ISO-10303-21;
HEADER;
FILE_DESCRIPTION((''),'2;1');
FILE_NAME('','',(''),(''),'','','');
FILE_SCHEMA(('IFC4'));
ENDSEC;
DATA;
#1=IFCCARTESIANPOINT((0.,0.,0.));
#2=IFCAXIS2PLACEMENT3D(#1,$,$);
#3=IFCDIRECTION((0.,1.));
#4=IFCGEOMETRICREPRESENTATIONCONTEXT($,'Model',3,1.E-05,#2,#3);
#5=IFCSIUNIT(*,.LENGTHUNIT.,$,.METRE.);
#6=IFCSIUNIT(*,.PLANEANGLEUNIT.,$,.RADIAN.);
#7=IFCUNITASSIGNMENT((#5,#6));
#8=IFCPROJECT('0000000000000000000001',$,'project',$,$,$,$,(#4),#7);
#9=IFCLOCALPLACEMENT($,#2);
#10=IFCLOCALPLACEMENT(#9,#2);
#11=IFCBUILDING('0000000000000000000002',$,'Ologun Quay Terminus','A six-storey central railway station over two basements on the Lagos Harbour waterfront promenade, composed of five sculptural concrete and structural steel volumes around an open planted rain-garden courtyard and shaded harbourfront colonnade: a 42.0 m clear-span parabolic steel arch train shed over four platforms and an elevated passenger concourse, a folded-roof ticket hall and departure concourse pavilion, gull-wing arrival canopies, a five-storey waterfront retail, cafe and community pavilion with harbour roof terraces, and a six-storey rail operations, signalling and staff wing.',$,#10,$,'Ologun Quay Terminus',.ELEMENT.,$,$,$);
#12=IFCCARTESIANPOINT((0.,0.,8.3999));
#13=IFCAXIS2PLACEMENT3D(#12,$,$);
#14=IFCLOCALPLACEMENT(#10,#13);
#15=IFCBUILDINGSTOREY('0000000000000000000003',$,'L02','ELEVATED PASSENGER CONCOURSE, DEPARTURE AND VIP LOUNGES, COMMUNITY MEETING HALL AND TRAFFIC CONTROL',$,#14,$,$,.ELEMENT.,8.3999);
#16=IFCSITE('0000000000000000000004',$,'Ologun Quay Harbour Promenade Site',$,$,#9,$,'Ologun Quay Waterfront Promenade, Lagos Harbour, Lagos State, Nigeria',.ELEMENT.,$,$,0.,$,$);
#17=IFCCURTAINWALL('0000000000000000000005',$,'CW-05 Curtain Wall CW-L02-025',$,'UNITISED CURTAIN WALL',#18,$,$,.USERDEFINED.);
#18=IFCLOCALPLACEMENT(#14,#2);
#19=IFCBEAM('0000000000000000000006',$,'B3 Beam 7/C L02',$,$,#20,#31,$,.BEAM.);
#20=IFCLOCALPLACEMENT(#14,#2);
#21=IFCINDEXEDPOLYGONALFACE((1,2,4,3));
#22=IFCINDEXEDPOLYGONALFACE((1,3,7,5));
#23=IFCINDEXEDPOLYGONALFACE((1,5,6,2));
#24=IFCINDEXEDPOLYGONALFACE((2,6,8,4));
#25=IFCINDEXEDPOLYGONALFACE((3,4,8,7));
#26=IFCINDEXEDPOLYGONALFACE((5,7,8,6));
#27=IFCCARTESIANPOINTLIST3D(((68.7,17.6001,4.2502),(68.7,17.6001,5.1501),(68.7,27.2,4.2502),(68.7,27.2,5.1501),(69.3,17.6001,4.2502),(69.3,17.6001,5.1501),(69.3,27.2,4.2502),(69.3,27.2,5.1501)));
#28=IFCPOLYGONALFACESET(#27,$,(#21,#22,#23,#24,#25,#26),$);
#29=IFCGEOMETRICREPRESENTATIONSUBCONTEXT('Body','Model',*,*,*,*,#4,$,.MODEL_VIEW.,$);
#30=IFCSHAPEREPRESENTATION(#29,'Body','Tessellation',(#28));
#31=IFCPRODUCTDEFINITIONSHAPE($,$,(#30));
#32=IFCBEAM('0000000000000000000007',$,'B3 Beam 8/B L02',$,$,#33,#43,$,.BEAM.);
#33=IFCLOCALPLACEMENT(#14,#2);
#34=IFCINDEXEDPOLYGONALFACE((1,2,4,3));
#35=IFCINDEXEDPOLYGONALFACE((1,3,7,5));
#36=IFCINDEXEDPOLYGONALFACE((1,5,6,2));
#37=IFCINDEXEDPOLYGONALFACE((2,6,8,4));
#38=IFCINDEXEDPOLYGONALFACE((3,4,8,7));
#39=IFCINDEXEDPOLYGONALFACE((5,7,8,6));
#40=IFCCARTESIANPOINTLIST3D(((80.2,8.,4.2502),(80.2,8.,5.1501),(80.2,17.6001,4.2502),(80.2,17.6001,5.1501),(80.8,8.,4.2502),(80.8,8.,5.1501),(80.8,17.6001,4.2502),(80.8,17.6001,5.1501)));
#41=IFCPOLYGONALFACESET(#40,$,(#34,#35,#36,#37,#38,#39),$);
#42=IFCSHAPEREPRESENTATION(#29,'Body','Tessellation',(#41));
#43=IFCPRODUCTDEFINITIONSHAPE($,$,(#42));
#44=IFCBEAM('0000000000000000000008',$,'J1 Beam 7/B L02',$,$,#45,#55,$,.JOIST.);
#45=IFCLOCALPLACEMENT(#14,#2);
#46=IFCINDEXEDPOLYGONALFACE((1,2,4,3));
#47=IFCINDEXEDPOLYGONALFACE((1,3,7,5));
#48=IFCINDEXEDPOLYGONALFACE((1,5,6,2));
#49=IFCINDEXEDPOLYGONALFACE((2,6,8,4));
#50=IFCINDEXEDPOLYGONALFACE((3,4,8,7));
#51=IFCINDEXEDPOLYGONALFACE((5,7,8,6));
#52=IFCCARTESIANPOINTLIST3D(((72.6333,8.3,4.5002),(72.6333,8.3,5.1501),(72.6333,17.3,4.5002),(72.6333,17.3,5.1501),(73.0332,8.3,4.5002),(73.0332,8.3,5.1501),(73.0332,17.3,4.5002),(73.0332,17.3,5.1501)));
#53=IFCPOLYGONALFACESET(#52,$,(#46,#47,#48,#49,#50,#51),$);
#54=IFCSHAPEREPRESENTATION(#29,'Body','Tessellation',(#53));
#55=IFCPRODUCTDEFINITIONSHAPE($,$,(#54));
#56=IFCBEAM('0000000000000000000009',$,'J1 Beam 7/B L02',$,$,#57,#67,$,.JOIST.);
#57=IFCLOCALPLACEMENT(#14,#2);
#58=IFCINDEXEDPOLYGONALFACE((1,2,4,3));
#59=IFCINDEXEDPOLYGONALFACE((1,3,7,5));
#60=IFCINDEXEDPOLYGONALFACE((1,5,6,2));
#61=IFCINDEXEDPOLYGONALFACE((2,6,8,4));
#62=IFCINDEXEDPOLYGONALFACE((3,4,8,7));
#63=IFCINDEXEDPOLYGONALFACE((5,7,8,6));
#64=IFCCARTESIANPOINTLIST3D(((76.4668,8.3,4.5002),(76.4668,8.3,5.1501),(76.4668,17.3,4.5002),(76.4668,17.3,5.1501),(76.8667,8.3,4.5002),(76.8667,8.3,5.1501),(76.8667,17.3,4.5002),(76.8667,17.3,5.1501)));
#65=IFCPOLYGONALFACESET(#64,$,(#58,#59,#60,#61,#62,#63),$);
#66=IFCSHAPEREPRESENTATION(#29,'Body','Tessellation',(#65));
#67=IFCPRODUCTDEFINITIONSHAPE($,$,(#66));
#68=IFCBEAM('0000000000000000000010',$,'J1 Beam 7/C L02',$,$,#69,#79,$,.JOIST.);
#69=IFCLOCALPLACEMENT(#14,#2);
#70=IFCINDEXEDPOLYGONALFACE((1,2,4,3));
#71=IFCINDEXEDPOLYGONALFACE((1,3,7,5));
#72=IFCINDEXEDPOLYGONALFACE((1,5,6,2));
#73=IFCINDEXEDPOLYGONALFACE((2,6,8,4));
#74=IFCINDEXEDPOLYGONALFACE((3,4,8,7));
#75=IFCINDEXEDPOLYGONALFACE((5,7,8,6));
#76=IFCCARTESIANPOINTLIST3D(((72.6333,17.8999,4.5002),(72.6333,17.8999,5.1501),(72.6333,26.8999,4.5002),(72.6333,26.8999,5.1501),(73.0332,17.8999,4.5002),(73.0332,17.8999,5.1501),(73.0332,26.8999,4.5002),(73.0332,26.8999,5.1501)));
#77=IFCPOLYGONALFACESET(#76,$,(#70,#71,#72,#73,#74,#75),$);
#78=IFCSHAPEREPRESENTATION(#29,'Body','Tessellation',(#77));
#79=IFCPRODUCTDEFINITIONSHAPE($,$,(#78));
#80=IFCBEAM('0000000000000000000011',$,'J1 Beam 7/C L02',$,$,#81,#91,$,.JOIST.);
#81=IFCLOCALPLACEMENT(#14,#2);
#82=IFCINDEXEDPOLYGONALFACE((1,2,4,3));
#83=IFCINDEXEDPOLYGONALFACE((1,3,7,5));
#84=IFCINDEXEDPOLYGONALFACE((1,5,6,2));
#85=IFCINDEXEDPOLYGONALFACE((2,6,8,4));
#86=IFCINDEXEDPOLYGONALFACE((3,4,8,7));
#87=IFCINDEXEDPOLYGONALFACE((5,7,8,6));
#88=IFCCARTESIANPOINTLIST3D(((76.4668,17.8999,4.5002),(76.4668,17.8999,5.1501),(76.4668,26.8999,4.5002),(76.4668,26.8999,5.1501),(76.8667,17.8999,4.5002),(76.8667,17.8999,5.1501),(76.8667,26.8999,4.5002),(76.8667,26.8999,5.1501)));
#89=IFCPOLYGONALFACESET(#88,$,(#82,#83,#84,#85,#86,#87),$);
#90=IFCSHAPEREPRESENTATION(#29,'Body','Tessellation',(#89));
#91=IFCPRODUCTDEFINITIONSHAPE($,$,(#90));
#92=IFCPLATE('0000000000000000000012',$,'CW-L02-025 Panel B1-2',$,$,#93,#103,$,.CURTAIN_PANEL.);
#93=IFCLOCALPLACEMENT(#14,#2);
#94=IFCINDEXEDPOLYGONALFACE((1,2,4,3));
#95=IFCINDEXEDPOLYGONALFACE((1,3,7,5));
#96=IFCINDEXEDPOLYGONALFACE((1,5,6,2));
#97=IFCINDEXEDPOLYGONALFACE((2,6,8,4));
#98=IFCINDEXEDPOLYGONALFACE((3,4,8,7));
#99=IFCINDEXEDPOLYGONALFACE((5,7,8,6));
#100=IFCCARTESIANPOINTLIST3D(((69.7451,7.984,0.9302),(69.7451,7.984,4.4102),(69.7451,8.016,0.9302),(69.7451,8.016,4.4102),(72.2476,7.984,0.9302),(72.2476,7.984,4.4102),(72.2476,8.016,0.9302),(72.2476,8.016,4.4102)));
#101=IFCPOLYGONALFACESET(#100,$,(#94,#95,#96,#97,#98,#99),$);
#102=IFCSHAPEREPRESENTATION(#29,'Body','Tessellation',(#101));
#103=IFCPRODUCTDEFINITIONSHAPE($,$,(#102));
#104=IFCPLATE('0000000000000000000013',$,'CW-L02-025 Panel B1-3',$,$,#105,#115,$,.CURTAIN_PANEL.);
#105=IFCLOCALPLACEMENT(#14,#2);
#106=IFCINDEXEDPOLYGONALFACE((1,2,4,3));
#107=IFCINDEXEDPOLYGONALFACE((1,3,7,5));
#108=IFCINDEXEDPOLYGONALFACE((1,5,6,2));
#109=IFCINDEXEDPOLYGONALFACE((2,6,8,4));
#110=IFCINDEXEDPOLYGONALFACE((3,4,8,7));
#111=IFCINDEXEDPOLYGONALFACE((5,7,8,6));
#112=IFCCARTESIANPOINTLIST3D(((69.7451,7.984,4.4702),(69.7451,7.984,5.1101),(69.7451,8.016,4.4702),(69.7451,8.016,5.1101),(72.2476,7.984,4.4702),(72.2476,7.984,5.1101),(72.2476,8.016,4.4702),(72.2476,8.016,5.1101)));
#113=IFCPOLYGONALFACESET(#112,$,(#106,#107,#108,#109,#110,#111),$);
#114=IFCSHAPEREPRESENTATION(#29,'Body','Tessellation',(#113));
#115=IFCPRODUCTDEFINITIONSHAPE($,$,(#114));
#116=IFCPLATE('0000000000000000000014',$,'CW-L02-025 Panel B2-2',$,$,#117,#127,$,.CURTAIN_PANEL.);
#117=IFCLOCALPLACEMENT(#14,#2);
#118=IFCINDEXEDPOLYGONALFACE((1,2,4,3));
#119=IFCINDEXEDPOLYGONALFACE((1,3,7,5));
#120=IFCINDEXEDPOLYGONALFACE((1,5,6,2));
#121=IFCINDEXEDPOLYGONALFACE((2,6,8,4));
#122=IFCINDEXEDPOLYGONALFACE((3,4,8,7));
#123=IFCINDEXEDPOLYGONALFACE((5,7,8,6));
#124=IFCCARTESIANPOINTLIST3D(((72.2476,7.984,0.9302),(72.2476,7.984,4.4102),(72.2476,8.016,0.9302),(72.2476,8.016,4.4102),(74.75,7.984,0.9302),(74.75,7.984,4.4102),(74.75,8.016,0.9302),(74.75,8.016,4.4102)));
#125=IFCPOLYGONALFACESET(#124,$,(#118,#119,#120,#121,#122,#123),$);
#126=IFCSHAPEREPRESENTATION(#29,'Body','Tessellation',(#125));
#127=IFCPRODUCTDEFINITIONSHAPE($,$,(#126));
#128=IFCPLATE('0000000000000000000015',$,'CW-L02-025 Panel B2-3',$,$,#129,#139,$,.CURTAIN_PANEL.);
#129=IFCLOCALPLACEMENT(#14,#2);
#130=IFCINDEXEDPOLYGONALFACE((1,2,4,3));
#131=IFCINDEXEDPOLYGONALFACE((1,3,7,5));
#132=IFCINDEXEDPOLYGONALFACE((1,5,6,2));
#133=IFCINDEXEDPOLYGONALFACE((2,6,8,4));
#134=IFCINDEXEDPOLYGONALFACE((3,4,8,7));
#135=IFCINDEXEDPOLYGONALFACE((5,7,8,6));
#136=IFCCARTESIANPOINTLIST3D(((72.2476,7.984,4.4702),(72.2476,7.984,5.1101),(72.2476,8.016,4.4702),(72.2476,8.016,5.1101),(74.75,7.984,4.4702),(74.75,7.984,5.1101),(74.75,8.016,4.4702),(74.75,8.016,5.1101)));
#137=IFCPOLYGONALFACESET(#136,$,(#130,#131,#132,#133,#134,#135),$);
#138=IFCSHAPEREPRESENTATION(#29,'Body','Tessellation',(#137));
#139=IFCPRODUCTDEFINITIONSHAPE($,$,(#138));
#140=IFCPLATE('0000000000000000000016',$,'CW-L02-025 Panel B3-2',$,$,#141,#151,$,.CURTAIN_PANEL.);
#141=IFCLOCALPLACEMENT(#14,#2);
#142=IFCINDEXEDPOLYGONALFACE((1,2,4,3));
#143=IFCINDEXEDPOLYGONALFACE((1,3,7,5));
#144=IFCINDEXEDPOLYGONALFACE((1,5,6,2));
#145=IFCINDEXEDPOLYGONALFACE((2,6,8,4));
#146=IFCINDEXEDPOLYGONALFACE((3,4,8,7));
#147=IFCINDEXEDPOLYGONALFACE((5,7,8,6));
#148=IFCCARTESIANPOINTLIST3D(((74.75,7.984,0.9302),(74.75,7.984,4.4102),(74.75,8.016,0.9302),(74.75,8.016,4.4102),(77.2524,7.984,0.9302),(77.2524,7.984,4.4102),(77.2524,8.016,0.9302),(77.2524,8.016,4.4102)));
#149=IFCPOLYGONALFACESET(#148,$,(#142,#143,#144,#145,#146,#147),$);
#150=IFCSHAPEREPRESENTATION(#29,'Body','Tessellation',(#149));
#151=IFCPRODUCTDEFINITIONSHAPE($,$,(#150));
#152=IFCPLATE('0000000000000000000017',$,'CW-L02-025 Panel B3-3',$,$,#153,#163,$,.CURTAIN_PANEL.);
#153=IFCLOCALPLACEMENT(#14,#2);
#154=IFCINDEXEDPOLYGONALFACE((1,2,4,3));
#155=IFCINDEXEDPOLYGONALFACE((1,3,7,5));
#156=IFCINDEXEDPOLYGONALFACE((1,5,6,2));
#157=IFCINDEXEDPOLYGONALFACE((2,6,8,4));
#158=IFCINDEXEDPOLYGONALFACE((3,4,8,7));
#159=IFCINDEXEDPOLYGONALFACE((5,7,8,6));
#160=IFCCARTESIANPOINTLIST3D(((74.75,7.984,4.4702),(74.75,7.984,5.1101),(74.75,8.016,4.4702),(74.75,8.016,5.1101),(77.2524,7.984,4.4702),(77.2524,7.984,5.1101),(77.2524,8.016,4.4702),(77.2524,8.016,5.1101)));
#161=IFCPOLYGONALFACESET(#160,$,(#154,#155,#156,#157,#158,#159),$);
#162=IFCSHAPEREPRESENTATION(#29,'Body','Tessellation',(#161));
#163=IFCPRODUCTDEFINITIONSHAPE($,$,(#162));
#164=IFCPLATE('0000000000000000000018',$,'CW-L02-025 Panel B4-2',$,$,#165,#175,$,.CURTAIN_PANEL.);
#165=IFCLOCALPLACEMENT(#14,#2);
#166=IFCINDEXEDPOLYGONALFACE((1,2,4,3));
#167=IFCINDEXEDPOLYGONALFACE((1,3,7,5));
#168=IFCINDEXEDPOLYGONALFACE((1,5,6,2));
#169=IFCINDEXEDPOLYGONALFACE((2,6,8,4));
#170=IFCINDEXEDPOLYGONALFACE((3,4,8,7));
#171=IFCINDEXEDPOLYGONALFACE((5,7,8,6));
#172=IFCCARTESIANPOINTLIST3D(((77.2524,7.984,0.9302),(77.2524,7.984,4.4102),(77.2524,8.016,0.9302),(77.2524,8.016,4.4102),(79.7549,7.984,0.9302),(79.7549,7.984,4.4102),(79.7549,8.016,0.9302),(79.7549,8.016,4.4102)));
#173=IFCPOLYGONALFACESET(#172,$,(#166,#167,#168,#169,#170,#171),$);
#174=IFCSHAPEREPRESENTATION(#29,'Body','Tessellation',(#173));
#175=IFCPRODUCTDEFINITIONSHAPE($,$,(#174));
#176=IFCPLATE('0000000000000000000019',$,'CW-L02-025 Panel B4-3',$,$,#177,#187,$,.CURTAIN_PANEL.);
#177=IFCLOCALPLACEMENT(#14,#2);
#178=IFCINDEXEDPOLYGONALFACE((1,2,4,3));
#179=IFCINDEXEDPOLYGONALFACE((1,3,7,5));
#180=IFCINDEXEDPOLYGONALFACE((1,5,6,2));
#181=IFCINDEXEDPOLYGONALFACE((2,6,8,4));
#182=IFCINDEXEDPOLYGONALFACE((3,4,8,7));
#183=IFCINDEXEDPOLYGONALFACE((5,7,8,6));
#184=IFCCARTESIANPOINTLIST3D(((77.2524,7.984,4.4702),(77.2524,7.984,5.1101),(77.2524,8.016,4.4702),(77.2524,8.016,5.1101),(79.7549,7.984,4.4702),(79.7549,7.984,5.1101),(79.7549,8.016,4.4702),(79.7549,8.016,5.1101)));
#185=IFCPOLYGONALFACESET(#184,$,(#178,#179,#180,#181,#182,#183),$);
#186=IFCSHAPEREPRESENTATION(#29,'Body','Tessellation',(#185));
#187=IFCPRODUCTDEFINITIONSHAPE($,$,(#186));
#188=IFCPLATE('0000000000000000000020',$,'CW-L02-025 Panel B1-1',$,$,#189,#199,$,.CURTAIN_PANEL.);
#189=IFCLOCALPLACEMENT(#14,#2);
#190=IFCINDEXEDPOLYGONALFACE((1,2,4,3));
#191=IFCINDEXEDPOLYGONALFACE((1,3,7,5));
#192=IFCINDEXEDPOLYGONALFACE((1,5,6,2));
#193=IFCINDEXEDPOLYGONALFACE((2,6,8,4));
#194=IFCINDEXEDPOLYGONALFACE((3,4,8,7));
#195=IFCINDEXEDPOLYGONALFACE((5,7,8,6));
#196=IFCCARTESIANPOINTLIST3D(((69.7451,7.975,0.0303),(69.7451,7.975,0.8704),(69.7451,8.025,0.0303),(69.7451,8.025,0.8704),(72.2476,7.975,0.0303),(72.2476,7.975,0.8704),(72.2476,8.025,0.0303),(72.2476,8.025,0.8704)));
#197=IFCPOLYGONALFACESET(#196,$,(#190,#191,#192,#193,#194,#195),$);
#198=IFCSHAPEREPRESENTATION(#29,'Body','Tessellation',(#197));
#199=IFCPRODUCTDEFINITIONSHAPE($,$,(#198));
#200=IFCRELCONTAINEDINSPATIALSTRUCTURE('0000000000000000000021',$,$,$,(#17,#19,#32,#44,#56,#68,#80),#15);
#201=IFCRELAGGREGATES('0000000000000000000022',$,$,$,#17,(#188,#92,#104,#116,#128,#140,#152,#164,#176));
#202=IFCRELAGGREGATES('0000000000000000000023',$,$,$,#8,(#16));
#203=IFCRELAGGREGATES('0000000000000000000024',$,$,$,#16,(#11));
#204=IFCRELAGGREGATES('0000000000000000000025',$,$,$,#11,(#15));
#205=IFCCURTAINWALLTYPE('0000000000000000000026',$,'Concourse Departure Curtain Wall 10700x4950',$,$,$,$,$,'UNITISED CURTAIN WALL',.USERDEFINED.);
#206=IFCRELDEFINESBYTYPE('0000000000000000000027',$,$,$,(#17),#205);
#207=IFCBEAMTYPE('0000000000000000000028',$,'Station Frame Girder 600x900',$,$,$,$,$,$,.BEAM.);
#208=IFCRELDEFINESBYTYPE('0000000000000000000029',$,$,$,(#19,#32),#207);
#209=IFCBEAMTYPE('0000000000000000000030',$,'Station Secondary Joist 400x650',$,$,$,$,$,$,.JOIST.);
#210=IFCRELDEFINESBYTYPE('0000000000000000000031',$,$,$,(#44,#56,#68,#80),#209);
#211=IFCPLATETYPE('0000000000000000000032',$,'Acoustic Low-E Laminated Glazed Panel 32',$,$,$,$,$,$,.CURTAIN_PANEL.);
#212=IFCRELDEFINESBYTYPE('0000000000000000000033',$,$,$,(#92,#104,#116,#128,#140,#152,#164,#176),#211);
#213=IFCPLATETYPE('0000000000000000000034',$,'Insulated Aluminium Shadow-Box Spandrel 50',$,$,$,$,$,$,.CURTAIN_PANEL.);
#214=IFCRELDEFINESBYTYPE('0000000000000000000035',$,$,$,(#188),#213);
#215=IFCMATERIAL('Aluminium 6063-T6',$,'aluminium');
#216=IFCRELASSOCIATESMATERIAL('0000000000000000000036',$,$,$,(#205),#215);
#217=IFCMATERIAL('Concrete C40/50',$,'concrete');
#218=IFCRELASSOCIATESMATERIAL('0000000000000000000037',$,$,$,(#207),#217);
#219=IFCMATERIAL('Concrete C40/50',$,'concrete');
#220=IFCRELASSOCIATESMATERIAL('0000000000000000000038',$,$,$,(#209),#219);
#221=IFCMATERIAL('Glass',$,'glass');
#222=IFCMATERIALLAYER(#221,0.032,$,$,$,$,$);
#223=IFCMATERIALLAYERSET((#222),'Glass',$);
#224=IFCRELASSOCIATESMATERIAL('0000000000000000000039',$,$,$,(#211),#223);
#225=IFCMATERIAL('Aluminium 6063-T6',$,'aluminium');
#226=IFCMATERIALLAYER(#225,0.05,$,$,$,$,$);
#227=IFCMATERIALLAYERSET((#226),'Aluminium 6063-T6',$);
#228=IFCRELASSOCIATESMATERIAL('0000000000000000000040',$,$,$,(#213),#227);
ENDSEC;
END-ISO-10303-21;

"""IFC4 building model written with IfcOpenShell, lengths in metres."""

from ifc_helpers import new_model, si_unit, direction, frame, origin, origin_2d, place, context, subcontext, project, spatial, rectangle, extrude, material, layer, layer_set, material_profile, profile_set, type_object, element, aggregate, save


model = new_model("IFC4")

# Units and contexts
model_context = context("Model", 3, precision=1e-05, world=origin(), true_north=direction((0.0, 1.0)))
body_context = subcontext(model_context, "Body", "Model", "MODEL_VIEW")
ifc_project = project(units=[si_unit("LENGTHUNIT", "METRE"), si_unit("PLANEANGLEUNIT", "RADIAN")], contexts=[model_context])

# Site, building, storey
site_placement = place(None, origin())
site = spatial("IfcSite", under=ifc_project, at=site_placement, Name="Ologun Quay Harbour Promenade Site", LongName="Ologun Quay Waterfront Promenade, Lagos Harbour, Lagos State, Nigeria", CompositionType="ELEMENT", RefElevation=0.0)
building_placement = place(site_placement, origin())
building = spatial("IfcBuilding", under=site, at=building_placement, Name="Ologun Quay Terminus", Description="A six-storey central railway station over two basements on the Lagos Harbour waterfront promenade, composed of five sculptural concrete and structural steel volumes around an open planted rain-garden courtyard and shaded harbourfront colonnade: a 42.0 m clear-span parabolic steel arch train shed over four platforms and an elevated passenger concourse, a folded-roof ticket hall and departure concourse pavilion, gull-wing arrival canopies, a five-storey waterfront retail, cafe and community pavilion with harbour roof terraces, and a six-storey rail operations, signalling and staff wing.", LongName="Ologun Quay Terminus", CompositionType="ELEMENT")
storey_placement = place(building_placement, frame((0.0, 0.0, 8.3999)))
storey = spatial("IfcBuildingStorey", under=building, at=storey_placement, Name="L02", Description="ELEVATED PASSENGER CONCOURSE, DEPARTURE AND VIP LOUNGES, COMMUNITY MEETING HALL AND TRAFFIC CONTROL", CompositionType="ELEMENT", Elevation=8.3999)

# Curtain wall
ifc_material_1 = material(Name="Aluminium 6063-T6", Category="aluminium")
curtain_wall_type = type_object("IfcCurtainWallType", Name="Concourse Departure Curtain Wall 10700x4950", ElementType="UNITISED CURTAIN WALL", PredefinedType="USERDEFINED", material=ifc_material_1)
curtain_wall_placement = place(storey_placement, origin())
curtain_wall = element("IfcCurtainWall", 1, at=curtain_wall_placement, inside=storey, type_object=curtain_wall_type, Name="CW-05 Curtain Wall CW-L02-025", ObjectType="UNITISED CURTAIN WALL", PredefinedType="USERDEFINED")

# Beams
ifc_material_2 = material(Name="Concrete C40/50", Category="concrete")
ifc_material_profile_1 = material_profile(ifc_material_2, rectangle(XDim=0.6001, YDim=0.8999, at=origin_2d()), Name="RC 600x900")
ifc_profile_set_1 = profile_set([ifc_material_profile_1], Name="Concrete C40/50")
beam_type_1 = type_object("IfcBeamType", Name="Station Frame Girder 600x900", PredefinedType="BEAM", material=ifc_profile_set_1)
beam_1_placement = place(storey_placement, frame((69.0, 17.6001, 4.7002), z_axis=(0.0, 1.0, 0.0), x_axis=(-1.0, 0.0, 0.0)))
element("IfcBeam", 2, at=beam_1_placement, inside=storey, type_object=beam_type_1, Name="B3 Beam 7/C L02", PredefinedType="BEAM", context=body_context, shape_type="SweptSolid", body=[
    extrude(rectangle(XDim=0.6001, YDim=0.8999, at=origin_2d()), origin(), (0.0, 0.0, 1.0), 9.5999),
])
beam_2_placement = place(storey_placement, frame((80.5, 8.0, 4.7002), z_axis=(0.0, 1.0, 0.0), x_axis=(-1.0, 0.0, 0.0)))
element("IfcBeam", 3, at=beam_2_placement, inside=storey, type_object=beam_type_1, Name="B3 Beam 8/B L02", PredefinedType="BEAM", context=body_context, shape_type="SweptSolid", body=[
    extrude(rectangle(XDim=0.6001, YDim=0.8999, at=origin_2d()), origin(), (0.0, 0.0, 1.0), 9.6001),
])
ifc_material_3 = material(Name="Concrete C40/50", Category="concrete")
ifc_material_profile_2 = material_profile(ifc_material_3, rectangle(XDim=0.3999, YDim=0.6499, at=origin_2d()), Name="RC 400x650")
ifc_profile_set_2 = profile_set([ifc_material_profile_2], Name="Concrete C40/50")
beam_type_2 = type_object("IfcBeamType", Name="Station Secondary Joist 400x650", PredefinedType="JOIST", material=ifc_profile_set_2)
for number, where, z_axis, x_axis, name in (
    (4, (72.8333, 8.3, 4.8252), (0.0, 1.0, 0.0), (-1.0, 0.0, 0.0), "J1 Beam 7/B L02"),
    (5, (76.6667, 8.3, 4.8252), (0.0, 1.0, 0.0), (-1.0, 0.0, 0.0), "J1 Beam 7/B L02"),
    (6, (72.8333, 17.8999, 4.8252), (0.0, 1.0, 0.0), (-1.0, 0.0, 0.0), "J1 Beam 7/C L02"),
    (7, (76.6667, 17.8999, 4.8252), (0.0, 1.0, 0.0), (-1.0, 0.0, 0.0), "J1 Beam 7/C L02"),
):
    element("IfcBeam", number, at=place(storey_placement, frame(where, z_axis=z_axis, x_axis=x_axis)), inside=storey, type_object=beam_type_2, Name=name, PredefinedType="JOIST", context=body_context, shape_type="SweptSolid", body=[
        extrude(rectangle(XDim=0.3999, YDim=0.6499, at=origin_2d()), origin(), (0.0, 0.0, 1.0), 9.0),
    ])

# Plates
ifc_material_4 = material(Name="Glass", Category="glass")
ifc_layer_1 = layer(ifc_material_4, 0.032)
ifc_layer_set_1 = layer_set([ifc_layer_1], Name="Glass")
plate_type_1 = type_object("IfcPlateType", Name="Acoustic Low-E Laminated Glazed Panel 32", PredefinedType="CURTAIN_PANEL", material=ifc_layer_set_1)
plate_1_placement = place(storey_placement, frame((70.9963, 8.0, 0.9302), z_axis=(0.0, 0.0, 1.0), x_axis=(1.0, 0.0, 0.0)))
plate_1 = element("IfcPlate", 8, at=plate_1_placement, type_object=plate_type_1, Name="CW-L02-025 Panel B1-2", PredefinedType="CURTAIN_PANEL", context=body_context, shape_type="SweptSolid", body=[
    extrude(rectangle(XDim=2.5024, YDim=0.032, at=origin_2d()), origin(), (0.0, 0.0, 1.0), 3.48),
])
plate_2_placement = place(storey_placement, frame((70.9963, 8.0, 4.4702), z_axis=(0.0, 0.0, 1.0), x_axis=(1.0, 0.0, 0.0)))
plate_2 = element("IfcPlate", 9, at=plate_2_placement, type_object=plate_type_1, Name="CW-L02-025 Panel B1-3", PredefinedType="CURTAIN_PANEL", context=body_context, shape_type="SweptSolid", body=[
    extrude(rectangle(XDim=2.5024, YDim=0.032, at=origin_2d()), origin(), (0.0, 0.0, 1.0), 0.6399),
])
plate_3_placement = place(storey_placement, frame((73.4988, 8.0, 0.9302), z_axis=(0.0, 0.0, 1.0), x_axis=(1.0, 0.0, 0.0)))
plate_3 = element("IfcPlate", 10, at=plate_3_placement, type_object=plate_type_1, Name="CW-L02-025 Panel B2-2", PredefinedType="CURTAIN_PANEL", context=body_context, shape_type="SweptSolid", body=[
    extrude(rectangle(XDim=2.5024, YDim=0.032, at=origin_2d()), origin(), (0.0, 0.0, 1.0), 3.48),
])
plate_4_placement = place(storey_placement, frame((73.4988, 8.0, 4.4702), z_axis=(0.0, 0.0, 1.0), x_axis=(1.0, 0.0, 0.0)))
plate_4 = element("IfcPlate", 11, at=plate_4_placement, type_object=plate_type_1, Name="CW-L02-025 Panel B2-3", PredefinedType="CURTAIN_PANEL", context=body_context, shape_type="SweptSolid", body=[
    extrude(rectangle(XDim=2.5024, YDim=0.032, at=origin_2d()), origin(), (0.0, 0.0, 1.0), 0.6399),
])
plate_5_placement = place(storey_placement, frame((76.0012, 8.0, 0.9302), z_axis=(0.0, 0.0, 1.0), x_axis=(1.0, 0.0, 0.0)))
plate_5 = element("IfcPlate", 12, at=plate_5_placement, type_object=plate_type_1, Name="CW-L02-025 Panel B3-2", PredefinedType="CURTAIN_PANEL", context=body_context, shape_type="SweptSolid", body=[
    extrude(rectangle(XDim=2.5024, YDim=0.032, at=origin_2d()), origin(), (0.0, 0.0, 1.0), 3.48),
])
plate_6_placement = place(storey_placement, frame((76.0012, 8.0, 4.4702), z_axis=(0.0, 0.0, 1.0), x_axis=(1.0, 0.0, 0.0)))
plate_6 = element("IfcPlate", 13, at=plate_6_placement, type_object=plate_type_1, Name="CW-L02-025 Panel B3-3", PredefinedType="CURTAIN_PANEL", context=body_context, shape_type="SweptSolid", body=[
    extrude(rectangle(XDim=2.5024, YDim=0.032, at=origin_2d()), origin(), (0.0, 0.0, 1.0), 0.6399),
])
plate_7_placement = place(storey_placement, frame((78.5037, 8.0, 0.9302), z_axis=(0.0, 0.0, 1.0), x_axis=(1.0, 0.0, 0.0)))
plate_7 = element("IfcPlate", 14, at=plate_7_placement, type_object=plate_type_1, Name="CW-L02-025 Panel B4-2", PredefinedType="CURTAIN_PANEL", context=body_context, shape_type="SweptSolid", body=[
    extrude(rectangle(XDim=2.5024, YDim=0.032, at=origin_2d()), origin(), (0.0, 0.0, 1.0), 3.48),
])
plate_8_placement = place(storey_placement, frame((78.5037, 8.0, 4.4702), z_axis=(0.0, 0.0, 1.0), x_axis=(1.0, 0.0, 0.0)))
plate_8 = element("IfcPlate", 15, at=plate_8_placement, type_object=plate_type_1, Name="CW-L02-025 Panel B4-3", PredefinedType="CURTAIN_PANEL", context=body_context, shape_type="SweptSolid", body=[
    extrude(rectangle(XDim=2.5024, YDim=0.032, at=origin_2d()), origin(), (0.0, 0.0, 1.0), 0.6399),
])
ifc_material_5 = material(Name="Aluminium 6063-T6", Category="aluminium")
ifc_layer_2 = layer(ifc_material_5, 0.05)
ifc_layer_set_2 = layer_set([ifc_layer_2], Name="Aluminium 6063-T6")
plate_type_2 = type_object("IfcPlateType", Name="Insulated Aluminium Shadow-Box Spandrel 50", PredefinedType="CURTAIN_PANEL", material=ifc_layer_set_2)
plate_9_placement = place(storey_placement, frame((70.9963, 8.0, 0.0303), z_axis=(0.0, 0.0, 1.0), x_axis=(1.0, 0.0, 0.0)))
plate_9 = element("IfcPlate", 16, at=plate_9_placement, type_object=plate_type_2, Name="CW-L02-025 Panel B1-1", PredefinedType="CURTAIN_PANEL", context=body_context, shape_type="SweptSolid", body=[
    extrude(rectangle(XDim=2.5024, YDim=0.05, at=origin_2d()), origin(), (0.0, 0.0, 1.0), 0.8401),
])
aggregate(curtain_wall, [plate_9, plate_1, plate_2, plate_3, plate_4, plate_5, plate_6, plate_7, plate_8])

save(model, "model.ifc")
